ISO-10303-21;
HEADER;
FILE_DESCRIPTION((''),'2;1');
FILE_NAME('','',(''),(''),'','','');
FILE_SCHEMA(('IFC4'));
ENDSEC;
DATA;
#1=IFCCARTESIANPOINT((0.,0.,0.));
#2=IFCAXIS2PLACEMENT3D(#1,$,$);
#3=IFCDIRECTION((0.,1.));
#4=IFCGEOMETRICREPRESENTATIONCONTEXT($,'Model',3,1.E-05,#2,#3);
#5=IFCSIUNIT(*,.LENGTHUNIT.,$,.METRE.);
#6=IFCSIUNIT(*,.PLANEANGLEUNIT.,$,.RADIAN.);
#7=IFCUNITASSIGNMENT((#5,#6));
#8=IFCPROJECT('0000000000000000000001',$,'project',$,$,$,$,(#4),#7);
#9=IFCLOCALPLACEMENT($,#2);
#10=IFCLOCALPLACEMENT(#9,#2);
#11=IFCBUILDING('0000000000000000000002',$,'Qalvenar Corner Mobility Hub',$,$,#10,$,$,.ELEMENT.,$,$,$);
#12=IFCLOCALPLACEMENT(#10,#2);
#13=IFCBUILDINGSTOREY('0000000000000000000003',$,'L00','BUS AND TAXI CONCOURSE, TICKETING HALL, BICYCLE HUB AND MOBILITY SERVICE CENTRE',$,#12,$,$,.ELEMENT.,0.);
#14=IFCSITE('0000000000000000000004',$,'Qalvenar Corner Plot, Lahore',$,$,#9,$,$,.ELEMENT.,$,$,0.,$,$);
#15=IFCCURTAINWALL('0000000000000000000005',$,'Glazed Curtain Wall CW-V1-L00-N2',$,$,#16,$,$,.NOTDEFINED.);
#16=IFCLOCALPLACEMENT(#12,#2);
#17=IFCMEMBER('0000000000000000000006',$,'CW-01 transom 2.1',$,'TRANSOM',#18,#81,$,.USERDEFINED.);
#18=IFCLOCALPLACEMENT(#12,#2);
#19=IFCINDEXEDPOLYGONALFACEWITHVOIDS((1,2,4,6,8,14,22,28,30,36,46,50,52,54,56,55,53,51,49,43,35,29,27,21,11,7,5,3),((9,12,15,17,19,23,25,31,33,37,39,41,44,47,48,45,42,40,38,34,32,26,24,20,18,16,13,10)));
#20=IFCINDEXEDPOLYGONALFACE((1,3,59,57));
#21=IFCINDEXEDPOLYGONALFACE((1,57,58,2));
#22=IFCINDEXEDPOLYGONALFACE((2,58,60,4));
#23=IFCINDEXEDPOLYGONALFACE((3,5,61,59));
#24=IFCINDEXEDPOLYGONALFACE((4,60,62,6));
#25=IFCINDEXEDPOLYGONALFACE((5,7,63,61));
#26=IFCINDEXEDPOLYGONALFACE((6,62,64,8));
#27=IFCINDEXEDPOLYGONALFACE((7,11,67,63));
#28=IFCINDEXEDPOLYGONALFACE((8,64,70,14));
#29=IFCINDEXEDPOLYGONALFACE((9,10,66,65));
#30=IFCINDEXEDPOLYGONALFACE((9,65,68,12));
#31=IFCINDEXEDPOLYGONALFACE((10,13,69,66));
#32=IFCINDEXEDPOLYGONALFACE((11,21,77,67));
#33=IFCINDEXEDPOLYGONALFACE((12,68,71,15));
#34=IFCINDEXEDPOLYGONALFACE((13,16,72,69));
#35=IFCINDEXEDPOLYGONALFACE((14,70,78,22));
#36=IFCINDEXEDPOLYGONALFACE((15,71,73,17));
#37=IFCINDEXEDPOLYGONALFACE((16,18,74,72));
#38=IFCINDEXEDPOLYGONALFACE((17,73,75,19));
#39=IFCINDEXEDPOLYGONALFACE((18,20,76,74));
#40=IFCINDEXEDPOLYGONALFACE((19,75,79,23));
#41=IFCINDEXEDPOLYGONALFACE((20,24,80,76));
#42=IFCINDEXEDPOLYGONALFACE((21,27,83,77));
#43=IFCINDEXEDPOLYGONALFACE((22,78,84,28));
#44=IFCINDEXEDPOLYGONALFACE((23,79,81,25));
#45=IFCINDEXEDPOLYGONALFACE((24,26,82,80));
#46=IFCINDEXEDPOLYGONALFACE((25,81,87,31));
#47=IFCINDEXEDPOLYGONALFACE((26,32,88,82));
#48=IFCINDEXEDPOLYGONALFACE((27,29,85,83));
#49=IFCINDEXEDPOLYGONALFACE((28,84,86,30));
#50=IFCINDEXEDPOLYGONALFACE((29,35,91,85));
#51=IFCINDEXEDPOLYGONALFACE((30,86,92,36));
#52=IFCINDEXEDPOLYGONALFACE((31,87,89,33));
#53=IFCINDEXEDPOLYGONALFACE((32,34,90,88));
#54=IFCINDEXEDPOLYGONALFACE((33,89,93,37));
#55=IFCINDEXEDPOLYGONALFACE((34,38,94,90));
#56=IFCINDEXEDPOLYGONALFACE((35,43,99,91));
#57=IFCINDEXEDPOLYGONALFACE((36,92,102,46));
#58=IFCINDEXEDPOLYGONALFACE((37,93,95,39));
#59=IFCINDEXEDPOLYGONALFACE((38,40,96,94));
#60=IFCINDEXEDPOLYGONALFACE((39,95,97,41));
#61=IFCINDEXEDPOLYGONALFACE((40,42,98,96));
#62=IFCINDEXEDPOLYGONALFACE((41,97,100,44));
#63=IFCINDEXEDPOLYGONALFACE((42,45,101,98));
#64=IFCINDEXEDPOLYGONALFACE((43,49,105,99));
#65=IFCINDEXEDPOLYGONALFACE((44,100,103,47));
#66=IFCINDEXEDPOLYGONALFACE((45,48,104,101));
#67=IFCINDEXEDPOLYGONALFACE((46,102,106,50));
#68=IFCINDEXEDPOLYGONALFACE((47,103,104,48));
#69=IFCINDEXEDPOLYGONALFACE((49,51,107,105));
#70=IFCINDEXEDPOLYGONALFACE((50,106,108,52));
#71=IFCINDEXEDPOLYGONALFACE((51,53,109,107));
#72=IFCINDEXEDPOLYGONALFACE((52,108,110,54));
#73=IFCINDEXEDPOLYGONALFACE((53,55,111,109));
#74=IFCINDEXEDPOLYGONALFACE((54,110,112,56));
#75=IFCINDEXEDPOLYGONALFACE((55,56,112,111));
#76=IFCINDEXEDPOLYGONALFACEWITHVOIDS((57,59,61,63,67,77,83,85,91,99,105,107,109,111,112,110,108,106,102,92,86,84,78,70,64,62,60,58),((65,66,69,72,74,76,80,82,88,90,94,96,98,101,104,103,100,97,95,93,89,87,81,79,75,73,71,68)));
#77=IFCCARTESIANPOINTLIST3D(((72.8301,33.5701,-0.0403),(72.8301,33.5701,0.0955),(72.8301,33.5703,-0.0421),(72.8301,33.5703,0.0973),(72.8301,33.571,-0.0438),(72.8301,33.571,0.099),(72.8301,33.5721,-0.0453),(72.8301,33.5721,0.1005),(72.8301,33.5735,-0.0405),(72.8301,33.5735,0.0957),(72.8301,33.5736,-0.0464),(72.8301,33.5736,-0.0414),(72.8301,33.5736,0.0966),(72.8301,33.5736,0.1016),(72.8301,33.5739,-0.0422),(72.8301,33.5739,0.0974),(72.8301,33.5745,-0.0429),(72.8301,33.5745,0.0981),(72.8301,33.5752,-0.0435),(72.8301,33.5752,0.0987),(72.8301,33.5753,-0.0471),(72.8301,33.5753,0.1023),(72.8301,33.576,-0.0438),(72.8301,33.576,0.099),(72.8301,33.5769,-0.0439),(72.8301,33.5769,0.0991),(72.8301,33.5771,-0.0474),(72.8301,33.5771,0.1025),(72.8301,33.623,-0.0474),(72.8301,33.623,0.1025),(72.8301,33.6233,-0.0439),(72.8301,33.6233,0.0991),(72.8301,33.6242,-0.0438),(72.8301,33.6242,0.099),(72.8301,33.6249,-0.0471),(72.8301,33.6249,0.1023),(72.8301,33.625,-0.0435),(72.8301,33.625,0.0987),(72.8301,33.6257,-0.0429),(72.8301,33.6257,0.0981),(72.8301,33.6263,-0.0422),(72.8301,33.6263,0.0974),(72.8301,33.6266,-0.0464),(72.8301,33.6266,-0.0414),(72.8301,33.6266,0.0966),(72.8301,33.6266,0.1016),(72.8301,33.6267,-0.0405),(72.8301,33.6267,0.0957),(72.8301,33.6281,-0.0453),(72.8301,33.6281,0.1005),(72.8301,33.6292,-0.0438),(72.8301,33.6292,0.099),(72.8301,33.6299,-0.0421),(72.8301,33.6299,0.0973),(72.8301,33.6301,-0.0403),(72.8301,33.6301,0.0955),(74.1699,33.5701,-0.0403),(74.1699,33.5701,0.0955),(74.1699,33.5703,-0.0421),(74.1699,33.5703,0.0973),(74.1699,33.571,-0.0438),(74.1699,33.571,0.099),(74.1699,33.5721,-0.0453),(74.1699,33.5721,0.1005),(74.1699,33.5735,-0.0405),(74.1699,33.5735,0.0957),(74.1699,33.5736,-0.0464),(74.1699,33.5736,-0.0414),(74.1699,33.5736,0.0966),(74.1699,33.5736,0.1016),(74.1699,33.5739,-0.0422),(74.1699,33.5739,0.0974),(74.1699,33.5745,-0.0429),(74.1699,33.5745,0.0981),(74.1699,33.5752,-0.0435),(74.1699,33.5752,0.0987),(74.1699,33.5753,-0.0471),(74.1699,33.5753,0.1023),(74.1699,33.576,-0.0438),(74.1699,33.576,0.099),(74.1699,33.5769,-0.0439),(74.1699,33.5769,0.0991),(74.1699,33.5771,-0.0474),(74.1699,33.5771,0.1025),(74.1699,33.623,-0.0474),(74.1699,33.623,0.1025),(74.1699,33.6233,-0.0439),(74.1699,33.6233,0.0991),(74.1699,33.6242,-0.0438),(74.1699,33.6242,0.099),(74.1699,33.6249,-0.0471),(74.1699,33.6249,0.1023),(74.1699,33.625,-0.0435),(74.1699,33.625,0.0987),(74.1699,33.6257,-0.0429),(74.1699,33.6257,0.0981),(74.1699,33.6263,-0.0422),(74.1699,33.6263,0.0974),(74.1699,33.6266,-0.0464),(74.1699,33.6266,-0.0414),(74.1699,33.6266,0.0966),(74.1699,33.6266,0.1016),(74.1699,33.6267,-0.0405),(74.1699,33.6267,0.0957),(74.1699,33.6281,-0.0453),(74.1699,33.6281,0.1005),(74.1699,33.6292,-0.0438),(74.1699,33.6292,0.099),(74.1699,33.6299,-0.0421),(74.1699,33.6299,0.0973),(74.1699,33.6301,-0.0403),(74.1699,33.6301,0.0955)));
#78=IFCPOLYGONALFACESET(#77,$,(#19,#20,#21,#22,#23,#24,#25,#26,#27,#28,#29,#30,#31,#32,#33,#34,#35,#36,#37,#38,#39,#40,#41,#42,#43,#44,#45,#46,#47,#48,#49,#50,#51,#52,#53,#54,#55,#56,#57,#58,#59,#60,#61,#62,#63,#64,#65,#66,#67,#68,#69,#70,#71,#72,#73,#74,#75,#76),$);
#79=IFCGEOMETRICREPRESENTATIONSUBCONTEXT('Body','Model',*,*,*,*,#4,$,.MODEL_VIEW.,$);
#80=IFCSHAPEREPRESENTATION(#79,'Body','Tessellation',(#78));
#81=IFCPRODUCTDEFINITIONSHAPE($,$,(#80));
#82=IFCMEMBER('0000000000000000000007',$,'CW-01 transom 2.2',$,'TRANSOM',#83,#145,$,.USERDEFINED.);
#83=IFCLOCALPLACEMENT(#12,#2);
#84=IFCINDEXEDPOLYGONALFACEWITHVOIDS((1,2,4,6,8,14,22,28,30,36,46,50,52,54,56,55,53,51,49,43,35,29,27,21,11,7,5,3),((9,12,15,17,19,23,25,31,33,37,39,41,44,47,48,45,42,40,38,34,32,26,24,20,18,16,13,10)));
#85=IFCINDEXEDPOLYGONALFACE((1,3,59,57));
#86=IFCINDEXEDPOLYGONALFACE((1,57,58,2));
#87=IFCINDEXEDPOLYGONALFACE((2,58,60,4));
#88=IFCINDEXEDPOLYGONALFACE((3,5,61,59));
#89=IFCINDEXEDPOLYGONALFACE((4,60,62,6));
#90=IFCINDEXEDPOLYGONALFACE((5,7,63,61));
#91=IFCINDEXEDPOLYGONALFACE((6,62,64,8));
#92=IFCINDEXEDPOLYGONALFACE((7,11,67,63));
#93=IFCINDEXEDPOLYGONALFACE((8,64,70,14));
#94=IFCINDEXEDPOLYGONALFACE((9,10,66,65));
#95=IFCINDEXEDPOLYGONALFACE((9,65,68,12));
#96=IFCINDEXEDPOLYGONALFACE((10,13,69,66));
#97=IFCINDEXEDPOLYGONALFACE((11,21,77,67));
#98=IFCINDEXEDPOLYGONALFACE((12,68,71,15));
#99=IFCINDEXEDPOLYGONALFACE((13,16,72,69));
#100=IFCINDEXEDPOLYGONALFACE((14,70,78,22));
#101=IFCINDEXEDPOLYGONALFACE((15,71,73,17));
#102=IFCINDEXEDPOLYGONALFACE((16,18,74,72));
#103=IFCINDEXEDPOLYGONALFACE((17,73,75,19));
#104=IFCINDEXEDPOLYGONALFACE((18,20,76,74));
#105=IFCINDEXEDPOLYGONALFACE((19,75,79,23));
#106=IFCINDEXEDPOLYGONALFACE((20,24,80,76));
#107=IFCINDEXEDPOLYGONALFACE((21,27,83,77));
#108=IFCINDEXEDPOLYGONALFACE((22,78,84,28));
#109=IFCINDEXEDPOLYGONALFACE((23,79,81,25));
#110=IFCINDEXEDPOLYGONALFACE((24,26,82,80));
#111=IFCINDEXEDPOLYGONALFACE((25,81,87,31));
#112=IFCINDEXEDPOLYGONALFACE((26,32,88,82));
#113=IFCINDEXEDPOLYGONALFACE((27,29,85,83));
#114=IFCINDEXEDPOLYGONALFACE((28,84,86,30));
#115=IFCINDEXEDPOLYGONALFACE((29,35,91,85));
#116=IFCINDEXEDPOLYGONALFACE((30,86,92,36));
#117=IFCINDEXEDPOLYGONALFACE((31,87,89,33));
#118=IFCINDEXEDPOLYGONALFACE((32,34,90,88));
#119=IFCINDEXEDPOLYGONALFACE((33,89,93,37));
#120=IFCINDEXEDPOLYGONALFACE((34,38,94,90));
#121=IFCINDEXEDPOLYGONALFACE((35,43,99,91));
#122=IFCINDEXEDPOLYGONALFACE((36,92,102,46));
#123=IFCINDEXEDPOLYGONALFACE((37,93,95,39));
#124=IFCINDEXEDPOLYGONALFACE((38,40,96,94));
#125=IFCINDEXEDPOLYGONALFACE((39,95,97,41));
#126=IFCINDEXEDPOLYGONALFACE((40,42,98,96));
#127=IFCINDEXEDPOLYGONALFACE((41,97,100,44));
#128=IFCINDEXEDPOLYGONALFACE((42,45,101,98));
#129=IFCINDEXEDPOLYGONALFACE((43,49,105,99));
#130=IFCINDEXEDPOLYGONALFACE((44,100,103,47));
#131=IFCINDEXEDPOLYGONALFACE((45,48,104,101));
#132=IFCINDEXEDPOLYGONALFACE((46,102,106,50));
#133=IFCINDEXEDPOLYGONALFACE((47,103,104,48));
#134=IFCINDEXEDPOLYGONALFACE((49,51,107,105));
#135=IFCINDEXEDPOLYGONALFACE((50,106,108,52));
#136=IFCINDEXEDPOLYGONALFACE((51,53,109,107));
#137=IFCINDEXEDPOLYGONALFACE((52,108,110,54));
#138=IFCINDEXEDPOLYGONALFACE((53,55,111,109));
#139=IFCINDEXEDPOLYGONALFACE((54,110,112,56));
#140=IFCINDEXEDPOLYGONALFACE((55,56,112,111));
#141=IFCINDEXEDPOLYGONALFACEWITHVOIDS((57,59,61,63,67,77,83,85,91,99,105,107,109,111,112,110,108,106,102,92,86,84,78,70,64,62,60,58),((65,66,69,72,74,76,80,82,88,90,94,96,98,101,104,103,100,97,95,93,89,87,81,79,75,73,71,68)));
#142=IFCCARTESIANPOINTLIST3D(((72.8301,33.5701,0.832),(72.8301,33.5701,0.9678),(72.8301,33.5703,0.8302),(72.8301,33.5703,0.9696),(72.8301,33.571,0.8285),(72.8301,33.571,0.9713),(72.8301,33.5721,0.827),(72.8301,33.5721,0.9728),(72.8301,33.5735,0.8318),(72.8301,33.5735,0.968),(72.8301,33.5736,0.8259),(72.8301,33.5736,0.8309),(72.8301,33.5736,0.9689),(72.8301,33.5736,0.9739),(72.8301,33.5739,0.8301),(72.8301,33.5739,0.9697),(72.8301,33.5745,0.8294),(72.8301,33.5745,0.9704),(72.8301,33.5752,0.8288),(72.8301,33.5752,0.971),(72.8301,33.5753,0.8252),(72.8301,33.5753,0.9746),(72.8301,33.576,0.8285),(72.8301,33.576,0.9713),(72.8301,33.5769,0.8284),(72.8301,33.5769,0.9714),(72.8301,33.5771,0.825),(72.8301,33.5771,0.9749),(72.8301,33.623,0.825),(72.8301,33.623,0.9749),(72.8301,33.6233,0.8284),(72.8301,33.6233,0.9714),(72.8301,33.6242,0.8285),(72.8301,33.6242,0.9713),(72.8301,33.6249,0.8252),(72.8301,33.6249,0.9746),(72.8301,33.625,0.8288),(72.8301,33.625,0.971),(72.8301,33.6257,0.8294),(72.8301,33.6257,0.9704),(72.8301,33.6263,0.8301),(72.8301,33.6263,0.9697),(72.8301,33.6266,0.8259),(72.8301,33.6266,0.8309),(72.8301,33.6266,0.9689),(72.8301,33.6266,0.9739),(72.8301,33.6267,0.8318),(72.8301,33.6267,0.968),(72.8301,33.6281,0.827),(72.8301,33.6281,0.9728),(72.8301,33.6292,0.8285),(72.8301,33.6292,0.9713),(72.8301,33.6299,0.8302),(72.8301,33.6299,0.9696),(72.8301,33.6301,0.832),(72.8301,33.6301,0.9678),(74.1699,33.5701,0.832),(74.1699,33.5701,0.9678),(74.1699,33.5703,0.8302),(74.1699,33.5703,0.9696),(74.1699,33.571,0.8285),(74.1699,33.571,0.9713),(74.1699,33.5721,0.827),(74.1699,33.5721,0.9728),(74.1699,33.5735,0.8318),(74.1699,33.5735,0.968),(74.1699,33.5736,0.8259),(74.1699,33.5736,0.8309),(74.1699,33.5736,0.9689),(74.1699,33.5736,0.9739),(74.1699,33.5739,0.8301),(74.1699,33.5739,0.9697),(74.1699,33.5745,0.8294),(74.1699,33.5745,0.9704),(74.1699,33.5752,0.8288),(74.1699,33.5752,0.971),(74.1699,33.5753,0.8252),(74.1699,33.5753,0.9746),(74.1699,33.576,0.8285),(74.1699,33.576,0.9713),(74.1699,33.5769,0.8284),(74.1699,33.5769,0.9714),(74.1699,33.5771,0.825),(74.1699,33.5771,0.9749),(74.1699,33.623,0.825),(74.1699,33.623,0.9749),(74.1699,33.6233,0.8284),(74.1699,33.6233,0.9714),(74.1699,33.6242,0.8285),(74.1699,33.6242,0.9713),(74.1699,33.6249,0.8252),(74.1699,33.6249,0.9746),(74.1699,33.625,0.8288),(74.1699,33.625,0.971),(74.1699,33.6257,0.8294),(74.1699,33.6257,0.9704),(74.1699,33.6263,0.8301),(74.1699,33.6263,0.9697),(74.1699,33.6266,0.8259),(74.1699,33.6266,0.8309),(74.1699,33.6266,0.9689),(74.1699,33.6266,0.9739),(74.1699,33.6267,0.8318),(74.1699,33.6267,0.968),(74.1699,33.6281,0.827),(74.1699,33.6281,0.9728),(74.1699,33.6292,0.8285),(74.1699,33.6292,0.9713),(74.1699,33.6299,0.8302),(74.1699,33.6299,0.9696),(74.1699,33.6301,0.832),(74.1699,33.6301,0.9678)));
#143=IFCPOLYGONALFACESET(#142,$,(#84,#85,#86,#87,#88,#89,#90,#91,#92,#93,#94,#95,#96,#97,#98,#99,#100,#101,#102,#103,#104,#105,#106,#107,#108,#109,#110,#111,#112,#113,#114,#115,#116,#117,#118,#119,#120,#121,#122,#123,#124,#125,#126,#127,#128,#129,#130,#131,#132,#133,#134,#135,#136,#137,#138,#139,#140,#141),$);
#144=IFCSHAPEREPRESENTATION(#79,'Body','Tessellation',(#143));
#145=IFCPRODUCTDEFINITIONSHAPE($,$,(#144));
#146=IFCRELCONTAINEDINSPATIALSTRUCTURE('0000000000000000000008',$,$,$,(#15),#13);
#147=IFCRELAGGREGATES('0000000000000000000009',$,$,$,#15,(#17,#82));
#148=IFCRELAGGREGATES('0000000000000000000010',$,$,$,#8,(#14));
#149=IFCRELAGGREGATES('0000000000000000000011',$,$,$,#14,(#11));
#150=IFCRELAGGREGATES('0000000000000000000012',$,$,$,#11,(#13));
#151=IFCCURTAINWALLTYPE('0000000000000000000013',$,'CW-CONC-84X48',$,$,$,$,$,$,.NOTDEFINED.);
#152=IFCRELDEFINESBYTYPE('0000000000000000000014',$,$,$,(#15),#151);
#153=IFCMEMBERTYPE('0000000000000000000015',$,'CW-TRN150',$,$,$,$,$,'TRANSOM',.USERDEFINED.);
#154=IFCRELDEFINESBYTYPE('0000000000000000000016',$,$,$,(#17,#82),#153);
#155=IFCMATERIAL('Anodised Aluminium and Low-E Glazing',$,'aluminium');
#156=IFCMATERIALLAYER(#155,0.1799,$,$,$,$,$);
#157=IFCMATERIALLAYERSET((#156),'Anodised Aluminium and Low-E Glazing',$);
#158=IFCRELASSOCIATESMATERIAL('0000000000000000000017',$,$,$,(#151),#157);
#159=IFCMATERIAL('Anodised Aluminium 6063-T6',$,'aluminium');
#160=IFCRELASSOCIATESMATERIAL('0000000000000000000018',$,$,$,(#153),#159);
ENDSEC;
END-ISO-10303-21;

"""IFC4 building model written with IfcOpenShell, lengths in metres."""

from ifc_helpers import new_model, si_unit, direction, frame, origin, origin_2d, place, context, subcontext, project, spatial, hollow_rectangle, extrude, material, layer, layer_set, material_profile, profile_set, type_object, element, aggregate, save


model = new_model("IFC4")

# Units and contexts
model_context = context("Model", 3, precision=1e-05, world=origin(), true_north=direction((0.0, 1.0)))
body_context = subcontext(model_context, "Body", "Model", "MODEL_VIEW")
ifc_project = project(units=[si_unit("LENGTHUNIT", "METRE"), si_unit("PLANEANGLEUNIT", "RADIAN")], contexts=[model_context])

# Site, building, storey
site_placement = place(None, origin())
site = spatial("IfcSite", under=ifc_project, at=site_placement, Name="Qalvenar Corner Plot, Lahore", CompositionType="ELEMENT", RefElevation=0.0)
building_placement = place(site_placement, origin())
building = spatial("IfcBuilding", under=site, at=building_placement, Name="Qalvenar Corner Mobility Hub", CompositionType="ELEMENT")
storey_placement = place(building_placement, origin())
storey = spatial("IfcBuildingStorey", under=building, at=storey_placement, Name="L00", Description="BUS AND TAXI CONCOURSE, TICKETING HALL, BICYCLE HUB AND MOBILITY SERVICE CENTRE", CompositionType="ELEMENT", Elevation=0.0)

# Curtain wall, members
ifc_material_1 = material(Name="Anodised Aluminium and Low-E Glazing", Category="aluminium")
ifc_layer_1 = layer(ifc_material_1, 0.1799)
ifc_layer_set_1 = layer_set([ifc_layer_1], Name="Anodised Aluminium and Low-E Glazing")
curtain_wall_type = type_object("IfcCurtainWallType", Name="CW-CONC-84X48", PredefinedType="NOTDEFINED", material=ifc_layer_set_1)
curtain_wall_placement = place(storey_placement, origin())
curtain_wall = element("IfcCurtainWall", 1, at=curtain_wall_placement, inside=storey, type_object=curtain_wall_type, Name="Glazed Curtain Wall CW-V1-L00-N2", PredefinedType="NOTDEFINED")
ifc_material_2 = material(Name="Anodised Aluminium 6063-T6", Category="aluminium")
ifc_material_profile_1 = material_profile(ifc_material_2, hollow_rectangle(XDim=0.0601, YDim=0.1499, WallThickness=0.0034, InnerFilletRadius=0.0034, OuterFilletRadius=0.0071, at=origin_2d()), Name="RHS150x60x3.5")
ifc_profile_set_1 = profile_set([ifc_material_profile_1], Name="Anodised Aluminium 6063-T6")
member_type_1 = type_object("IfcMemberType", Name="CW-TRN150", ElementType="TRANSOM", PredefinedType="USERDEFINED", material=ifc_profile_set_1)
member_1_placement = place(storey_placement, frame((74.1699, 33.6001, 0.0276), z_axis=(-1.0, 0.0, 0.0), x_axis=(0.0, -1.0, 0.0)))
member_1 = element("IfcMember", 2, at=member_1_placement, type_object=member_type_1, Name="CW-01 transom 2.1", ObjectType="TRANSOM", PredefinedType="USERDEFINED", context=body_context, shape_type="SweptSolid", body=[
    extrude(hollow_rectangle(XDim=0.0601, YDim=0.1499, WallThickness=0.0034, InnerFilletRadius=0.0034, OuterFilletRadius=0.0071, at=origin_2d()), origin(), (0.0, 0.0, 1.0), 1.3398),
])
member_2_placement = place(storey_placement, frame((74.1699, 33.6001, 0.8999), z_axis=(-1.0, 0.0, 0.0), x_axis=(0.0, -1.0, 0.0)))
member_2 = element("IfcMember", 3, at=member_2_placement, type_object=member_type_1, Name="CW-01 transom 2.2", ObjectType="TRANSOM", PredefinedType="USERDEFINED", context=body_context, shape_type="SweptSolid", body=[
    extrude(hollow_rectangle(XDim=0.0601, YDim=0.1499, WallThickness=0.0034, InnerFilletRadius=0.0034, OuterFilletRadius=0.0071, at=origin_2d()), origin(), (0.0, 0.0, 1.0), 1.3398),
])
aggregate(curtain_wall, [member_1, member_2])

save(model, "model.ifc")
